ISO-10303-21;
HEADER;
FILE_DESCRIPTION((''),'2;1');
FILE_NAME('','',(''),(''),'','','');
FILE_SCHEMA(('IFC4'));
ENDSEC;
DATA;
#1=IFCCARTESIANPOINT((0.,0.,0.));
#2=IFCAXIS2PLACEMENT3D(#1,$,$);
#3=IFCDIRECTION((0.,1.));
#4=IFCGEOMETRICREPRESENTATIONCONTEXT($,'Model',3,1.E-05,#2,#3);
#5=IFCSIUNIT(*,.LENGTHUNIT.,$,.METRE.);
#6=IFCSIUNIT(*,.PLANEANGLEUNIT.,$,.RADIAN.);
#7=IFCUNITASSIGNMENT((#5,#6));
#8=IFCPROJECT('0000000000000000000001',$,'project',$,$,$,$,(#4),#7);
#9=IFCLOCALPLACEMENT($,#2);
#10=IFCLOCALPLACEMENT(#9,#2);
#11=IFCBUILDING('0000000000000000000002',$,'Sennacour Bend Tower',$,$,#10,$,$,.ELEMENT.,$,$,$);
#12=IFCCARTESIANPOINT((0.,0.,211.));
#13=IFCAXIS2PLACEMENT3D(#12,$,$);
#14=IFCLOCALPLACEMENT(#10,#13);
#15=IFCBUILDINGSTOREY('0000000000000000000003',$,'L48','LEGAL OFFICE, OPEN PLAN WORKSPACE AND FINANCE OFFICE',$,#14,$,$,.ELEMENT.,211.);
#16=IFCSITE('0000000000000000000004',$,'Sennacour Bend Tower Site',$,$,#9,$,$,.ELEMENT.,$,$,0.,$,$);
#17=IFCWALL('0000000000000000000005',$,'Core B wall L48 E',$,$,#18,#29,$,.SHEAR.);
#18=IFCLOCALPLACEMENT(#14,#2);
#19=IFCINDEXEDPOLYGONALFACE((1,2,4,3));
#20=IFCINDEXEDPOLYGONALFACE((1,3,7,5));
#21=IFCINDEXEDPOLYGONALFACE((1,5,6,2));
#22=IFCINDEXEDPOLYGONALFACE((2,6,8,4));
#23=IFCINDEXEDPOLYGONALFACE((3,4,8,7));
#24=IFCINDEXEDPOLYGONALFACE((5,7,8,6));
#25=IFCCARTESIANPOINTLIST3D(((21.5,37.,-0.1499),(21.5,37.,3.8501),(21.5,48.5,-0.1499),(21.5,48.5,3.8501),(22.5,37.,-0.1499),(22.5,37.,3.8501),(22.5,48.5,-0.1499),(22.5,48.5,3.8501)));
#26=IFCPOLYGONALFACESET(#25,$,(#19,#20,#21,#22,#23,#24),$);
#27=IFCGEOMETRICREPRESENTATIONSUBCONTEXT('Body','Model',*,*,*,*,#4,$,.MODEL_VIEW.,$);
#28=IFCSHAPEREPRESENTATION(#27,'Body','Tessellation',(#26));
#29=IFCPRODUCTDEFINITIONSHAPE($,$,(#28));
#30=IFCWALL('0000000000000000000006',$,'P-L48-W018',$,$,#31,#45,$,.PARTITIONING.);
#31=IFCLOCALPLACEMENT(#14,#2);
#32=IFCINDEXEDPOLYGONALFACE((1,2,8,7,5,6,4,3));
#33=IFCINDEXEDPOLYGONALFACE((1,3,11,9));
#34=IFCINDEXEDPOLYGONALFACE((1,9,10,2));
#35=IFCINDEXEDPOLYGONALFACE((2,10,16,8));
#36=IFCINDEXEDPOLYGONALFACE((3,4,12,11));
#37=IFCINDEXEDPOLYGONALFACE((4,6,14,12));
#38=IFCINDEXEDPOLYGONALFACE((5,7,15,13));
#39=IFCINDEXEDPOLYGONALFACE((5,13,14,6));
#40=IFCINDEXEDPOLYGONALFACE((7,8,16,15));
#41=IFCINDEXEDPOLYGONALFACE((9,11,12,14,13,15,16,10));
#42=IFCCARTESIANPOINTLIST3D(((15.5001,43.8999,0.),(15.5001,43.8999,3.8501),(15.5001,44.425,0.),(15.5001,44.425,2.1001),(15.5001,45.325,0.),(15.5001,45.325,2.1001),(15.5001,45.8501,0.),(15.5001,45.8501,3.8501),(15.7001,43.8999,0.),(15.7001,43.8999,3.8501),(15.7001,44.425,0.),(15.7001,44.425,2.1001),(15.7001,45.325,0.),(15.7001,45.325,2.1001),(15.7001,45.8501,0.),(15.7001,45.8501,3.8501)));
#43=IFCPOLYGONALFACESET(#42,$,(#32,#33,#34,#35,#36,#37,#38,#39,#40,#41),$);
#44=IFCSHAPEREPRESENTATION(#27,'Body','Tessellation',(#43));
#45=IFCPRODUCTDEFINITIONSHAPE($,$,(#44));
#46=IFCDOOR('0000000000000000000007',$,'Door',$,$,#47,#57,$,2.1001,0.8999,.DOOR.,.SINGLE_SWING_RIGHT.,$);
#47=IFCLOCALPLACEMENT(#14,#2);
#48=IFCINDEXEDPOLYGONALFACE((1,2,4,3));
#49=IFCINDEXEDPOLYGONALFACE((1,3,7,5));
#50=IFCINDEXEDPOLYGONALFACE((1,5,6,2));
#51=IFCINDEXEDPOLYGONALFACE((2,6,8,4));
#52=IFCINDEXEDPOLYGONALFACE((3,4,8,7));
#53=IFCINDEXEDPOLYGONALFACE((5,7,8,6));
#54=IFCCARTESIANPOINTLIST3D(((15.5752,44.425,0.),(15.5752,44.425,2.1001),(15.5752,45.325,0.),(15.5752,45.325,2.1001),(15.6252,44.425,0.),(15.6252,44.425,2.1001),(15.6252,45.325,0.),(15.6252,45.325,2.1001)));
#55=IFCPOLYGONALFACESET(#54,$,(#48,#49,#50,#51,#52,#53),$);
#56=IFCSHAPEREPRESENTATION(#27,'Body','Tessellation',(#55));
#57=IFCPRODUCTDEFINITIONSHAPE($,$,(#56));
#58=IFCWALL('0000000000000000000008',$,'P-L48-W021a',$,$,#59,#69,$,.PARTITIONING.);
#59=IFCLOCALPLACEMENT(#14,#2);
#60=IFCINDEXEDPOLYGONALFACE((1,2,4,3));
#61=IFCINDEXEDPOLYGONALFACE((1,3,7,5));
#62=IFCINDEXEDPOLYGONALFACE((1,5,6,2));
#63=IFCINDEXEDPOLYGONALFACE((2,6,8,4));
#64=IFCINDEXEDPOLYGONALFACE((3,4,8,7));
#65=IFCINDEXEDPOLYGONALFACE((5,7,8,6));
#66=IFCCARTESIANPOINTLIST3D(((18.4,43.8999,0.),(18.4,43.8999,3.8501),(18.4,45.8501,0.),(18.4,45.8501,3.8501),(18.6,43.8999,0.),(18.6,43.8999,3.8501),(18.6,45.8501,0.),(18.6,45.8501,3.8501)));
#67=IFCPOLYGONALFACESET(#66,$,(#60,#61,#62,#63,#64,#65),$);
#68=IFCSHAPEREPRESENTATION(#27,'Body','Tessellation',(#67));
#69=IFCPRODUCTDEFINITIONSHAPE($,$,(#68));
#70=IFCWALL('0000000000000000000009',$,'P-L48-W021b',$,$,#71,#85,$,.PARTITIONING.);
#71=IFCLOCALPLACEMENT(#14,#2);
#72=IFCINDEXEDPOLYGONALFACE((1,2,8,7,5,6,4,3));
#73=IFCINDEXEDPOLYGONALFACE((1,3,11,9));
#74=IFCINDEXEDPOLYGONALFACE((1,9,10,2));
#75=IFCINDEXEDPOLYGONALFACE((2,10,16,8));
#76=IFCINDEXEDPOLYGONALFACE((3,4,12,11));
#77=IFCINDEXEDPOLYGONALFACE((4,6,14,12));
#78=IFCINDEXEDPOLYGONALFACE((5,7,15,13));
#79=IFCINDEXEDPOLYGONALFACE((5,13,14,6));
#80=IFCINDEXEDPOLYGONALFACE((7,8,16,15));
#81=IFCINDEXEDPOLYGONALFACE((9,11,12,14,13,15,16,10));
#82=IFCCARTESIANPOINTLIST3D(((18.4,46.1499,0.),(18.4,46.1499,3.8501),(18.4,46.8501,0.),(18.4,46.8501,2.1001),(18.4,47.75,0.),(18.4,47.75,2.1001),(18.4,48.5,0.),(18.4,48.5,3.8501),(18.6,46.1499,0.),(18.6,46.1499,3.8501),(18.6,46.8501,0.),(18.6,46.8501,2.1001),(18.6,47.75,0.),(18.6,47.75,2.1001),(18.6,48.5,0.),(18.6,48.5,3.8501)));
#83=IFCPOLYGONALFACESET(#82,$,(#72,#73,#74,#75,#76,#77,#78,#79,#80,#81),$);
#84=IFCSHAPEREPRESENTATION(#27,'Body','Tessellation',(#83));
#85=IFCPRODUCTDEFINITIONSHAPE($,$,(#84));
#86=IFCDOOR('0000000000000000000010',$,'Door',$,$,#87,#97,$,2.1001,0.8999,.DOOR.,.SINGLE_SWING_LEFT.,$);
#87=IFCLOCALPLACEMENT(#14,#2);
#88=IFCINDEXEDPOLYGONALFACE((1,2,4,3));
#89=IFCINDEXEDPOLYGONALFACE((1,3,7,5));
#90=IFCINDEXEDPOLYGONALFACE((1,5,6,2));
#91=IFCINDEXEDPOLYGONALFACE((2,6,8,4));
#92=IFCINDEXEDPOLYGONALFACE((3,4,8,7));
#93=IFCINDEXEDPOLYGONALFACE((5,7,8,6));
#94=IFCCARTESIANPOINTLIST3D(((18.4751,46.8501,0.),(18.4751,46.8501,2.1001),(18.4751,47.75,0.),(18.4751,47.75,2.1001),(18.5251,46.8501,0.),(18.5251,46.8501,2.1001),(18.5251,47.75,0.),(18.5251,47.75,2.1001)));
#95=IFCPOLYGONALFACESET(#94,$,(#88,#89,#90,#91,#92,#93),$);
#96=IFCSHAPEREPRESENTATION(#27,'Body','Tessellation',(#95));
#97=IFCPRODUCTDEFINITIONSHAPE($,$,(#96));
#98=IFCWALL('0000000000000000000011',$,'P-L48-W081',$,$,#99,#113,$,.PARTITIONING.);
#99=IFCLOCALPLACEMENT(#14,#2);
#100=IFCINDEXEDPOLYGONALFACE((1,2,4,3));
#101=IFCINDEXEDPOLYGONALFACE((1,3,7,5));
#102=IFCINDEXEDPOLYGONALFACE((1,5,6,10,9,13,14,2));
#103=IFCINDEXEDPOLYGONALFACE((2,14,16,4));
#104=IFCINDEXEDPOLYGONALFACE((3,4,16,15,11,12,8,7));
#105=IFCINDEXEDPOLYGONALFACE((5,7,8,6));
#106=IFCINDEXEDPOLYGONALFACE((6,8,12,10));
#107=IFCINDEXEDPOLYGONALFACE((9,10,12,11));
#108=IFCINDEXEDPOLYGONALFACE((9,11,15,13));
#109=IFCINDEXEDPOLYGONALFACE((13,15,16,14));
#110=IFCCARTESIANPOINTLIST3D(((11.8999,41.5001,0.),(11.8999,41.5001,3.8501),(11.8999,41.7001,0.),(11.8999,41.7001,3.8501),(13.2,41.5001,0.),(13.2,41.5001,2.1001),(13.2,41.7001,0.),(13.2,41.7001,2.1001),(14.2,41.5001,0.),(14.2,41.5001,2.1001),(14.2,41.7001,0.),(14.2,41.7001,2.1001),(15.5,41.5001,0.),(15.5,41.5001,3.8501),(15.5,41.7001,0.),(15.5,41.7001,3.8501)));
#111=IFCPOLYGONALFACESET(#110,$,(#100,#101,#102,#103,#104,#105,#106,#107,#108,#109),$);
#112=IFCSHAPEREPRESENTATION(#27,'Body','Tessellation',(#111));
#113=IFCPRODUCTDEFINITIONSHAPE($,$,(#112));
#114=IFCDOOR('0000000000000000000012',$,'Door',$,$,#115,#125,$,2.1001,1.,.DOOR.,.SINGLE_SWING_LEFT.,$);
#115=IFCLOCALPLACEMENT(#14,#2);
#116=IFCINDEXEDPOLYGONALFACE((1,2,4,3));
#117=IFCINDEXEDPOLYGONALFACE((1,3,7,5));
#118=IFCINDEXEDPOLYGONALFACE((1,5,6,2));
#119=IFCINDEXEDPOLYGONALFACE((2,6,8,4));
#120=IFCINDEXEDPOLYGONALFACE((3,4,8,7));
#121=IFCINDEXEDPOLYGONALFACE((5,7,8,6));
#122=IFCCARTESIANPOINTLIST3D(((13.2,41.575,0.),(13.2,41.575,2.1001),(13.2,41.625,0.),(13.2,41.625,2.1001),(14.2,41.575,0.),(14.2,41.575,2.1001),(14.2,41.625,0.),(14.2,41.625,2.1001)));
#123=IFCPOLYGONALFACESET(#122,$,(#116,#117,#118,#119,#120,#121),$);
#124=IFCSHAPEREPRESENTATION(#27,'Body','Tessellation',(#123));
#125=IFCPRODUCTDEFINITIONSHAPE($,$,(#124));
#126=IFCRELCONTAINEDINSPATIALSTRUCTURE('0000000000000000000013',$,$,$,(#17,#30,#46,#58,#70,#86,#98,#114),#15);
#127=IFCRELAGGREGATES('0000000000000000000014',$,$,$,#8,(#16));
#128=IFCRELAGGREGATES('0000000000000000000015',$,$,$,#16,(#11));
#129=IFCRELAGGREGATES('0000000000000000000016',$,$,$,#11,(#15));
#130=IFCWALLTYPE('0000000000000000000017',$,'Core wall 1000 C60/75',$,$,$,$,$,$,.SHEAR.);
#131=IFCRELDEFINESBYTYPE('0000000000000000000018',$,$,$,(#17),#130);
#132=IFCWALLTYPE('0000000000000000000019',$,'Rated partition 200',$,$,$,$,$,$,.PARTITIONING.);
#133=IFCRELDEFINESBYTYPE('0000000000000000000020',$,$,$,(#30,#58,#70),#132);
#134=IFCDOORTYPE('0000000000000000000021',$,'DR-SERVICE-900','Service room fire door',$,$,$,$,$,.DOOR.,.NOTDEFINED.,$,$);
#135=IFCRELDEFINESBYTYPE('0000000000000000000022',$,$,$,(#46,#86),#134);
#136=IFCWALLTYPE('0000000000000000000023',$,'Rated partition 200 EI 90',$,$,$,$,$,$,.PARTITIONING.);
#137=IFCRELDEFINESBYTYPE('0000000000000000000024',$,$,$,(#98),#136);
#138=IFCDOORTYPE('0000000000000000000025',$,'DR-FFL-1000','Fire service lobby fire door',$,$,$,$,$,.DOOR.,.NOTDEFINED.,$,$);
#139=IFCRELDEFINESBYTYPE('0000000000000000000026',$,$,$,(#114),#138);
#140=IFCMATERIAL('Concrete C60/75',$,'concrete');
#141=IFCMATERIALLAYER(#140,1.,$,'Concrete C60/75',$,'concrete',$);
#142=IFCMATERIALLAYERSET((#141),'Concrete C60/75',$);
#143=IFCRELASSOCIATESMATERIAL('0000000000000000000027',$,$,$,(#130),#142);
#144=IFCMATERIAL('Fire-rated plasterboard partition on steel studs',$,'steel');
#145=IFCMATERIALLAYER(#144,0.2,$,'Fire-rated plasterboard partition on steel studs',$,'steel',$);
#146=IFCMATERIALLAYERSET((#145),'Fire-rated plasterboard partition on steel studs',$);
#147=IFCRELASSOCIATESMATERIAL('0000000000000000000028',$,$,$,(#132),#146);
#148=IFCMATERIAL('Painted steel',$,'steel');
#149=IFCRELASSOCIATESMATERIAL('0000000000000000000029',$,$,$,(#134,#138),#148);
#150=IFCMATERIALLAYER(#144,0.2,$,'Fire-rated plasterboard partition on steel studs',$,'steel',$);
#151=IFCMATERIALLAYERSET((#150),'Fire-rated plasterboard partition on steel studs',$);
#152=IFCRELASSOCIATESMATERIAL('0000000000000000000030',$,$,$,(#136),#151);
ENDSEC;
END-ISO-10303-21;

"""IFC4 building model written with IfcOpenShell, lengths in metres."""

from ifc_helpers import new_model, si_unit, direction, frame, frame_2d, origin, place, context, subcontext, project, spatial, rectangle, extrude, material, layer, layer_set, type_object, element, fill, save


model = new_model("IFC4")

# Units and contexts
model_context = context("Model", 3, precision=1e-05, world=origin(), true_north=direction((0.0, 1.0)))
body_context = subcontext(model_context, "Body", "Model", "MODEL_VIEW")
ifc_project = project(units=[si_unit("LENGTHUNIT", "METRE"), si_unit("PLANEANGLEUNIT", "RADIAN")], contexts=[model_context])

# Site, building, storey
site_placement = place(None, origin())
site = spatial("IfcSite", under=ifc_project, at=site_placement, Name="Sennacour Bend Tower Site", CompositionType="ELEMENT", RefElevation=0.0)
building_placement = place(site_placement, origin())
building = spatial("IfcBuilding", under=site, at=building_placement, Name="Sennacour Bend Tower", CompositionType="ELEMENT")
storey_placement = place(building_placement, frame((0.0, 0.0, 211.0)))
storey = spatial("IfcBuildingStorey", under=building, at=storey_placement, Name="L48", Description="LEGAL OFFICE, OPEN PLAN WORKSPACE AND FINANCE OFFICE", CompositionType="ELEMENT", Elevation=211.0)

# Wall
ifc_material_1 = material(Name="Concrete C60/75", Category="concrete")
ifc_layer_1 = layer(ifc_material_1, 1.0, Name="Concrete C60/75", Category="concrete")
ifc_layer_set_1 = layer_set([ifc_layer_1], Name="Concrete C60/75")
wall_type_1 = type_object("IfcWallType", Name="Core wall 1000 C60/75", PredefinedType="SHEAR", material=ifc_layer_set_1)
wall_1_placement = place(storey_placement, frame((22.0, 37.0, -0.1499), z_axis=(0.0, 0.0, 1.0), x_axis=(0.0, 1.0, 0.0)))
element("IfcWall", 1, at=wall_1_placement, inside=storey, type_object=wall_type_1, Name="Core B wall L48 E", PredefinedType="SHEAR", context=body_context, shape_type="SweptSolid", body=[
    extrude(rectangle(XDim=11.5, YDim=1.0, at=frame_2d((5.75, 0.0))), origin(), (0.0, 0.0, 1.0), 4.0),
])

# Wall, opening, door
ifc_material_2 = material(Name="Fire-rated plasterboard partition on steel studs", Category="steel")
ifc_layer_2 = layer(ifc_material_2, 0.2, Name="Fire-rated plasterboard partition on steel studs", Category="steel")
ifc_layer_set_2 = layer_set([ifc_layer_2], Name="Fire-rated plasterboard partition on steel studs")
wall_type_2 = type_object("IfcWallType", Name="Rated partition 200", PredefinedType="PARTITIONING", material=ifc_layer_set_2)
wall_2_placement = place(storey_placement, frame((15.6001, 43.8999, 0.0), z_axis=(0.0, 0.0, 1.0), x_axis=(0.0, 1.0, 0.0)))
wall_2 = element("IfcWall", 2, at=wall_2_placement, inside=storey, type_object=wall_type_2, Name="P-L48-W018", PredefinedType="PARTITIONING", context=body_context, shape_type="SweptSolid", body=[
    extrude(rectangle(XDim=1.9502, YDim=0.2, at=frame_2d((0.9751, 0.0))), origin(), (0.0, 0.0, 1.0), 3.8501),
])
opening_1_placement = place(wall_2_placement, frame((0.5251, 0.0, 0.0)))
opening_1 = element("IfcOpeningElement", 3, at=opening_1_placement, cuts=wall_2, PredefinedType="OPENING", context=body_context, shape_type="SweptSolid", body=[
    extrude(rectangle(XDim=0.8999, YDim=2.1001, at=frame_2d((0.45, 1.05))), frame((0.0, 0.1099, 0.0), z_axis=(0.0, -1.0, 0.0), x_axis=(1.0, 0.0, 0.0)), (0.0, 0.0, 1.0), 0.22),
])
ifc_material_3 = material(Name="Painted steel", Category="steel")
door_type_1 = type_object("IfcDoorType", Name="DR-SERVICE-900", Description="Service room fire door", OperationType="NOTDEFINED", PredefinedType="DOOR", material=ifc_material_3)
door_1_placement = place(opening_1_placement, origin())
door_1 = element("IfcDoor", 4, at=door_1_placement, inside=storey, type_object=door_type_1, Name="Door", OperationType="SINGLE_SWING_RIGHT", OverallHeight=2.1001, OverallWidth=0.8999, PredefinedType="DOOR", context=body_context, shape_type="SweptSolid", body=[
    extrude(rectangle(XDim=0.8999, YDim=2.1001, at=frame_2d((0.45, 1.05))), frame((0.0, 0.0249, 0.0), z_axis=(0.0, -1.0, 0.0), x_axis=(1.0, 0.0, 0.0)), (0.0, 0.0, 1.0), 0.05),
])
fill(opening_1, door_1)

# Wall
wall_3_placement = place(storey_placement, frame((18.5, 43.8999, 0.0), z_axis=(0.0, 0.0, 1.0), x_axis=(0.0, 1.0, 0.0)))
element("IfcWall", 5, at=wall_3_placement, inside=storey, type_object=wall_type_2, Name="P-L48-W021a", PredefinedType="PARTITIONING", context=body_context, shape_type="SweptSolid", body=[
    extrude(rectangle(XDim=1.9502, YDim=0.2, at=frame_2d((0.9751, 0.0))), origin(), (0.0, 0.0, 1.0), 3.8501),
])

# Walls, openings, doors
wall_4_placement = place(storey_placement, frame((18.5, 46.1499, 0.0), z_axis=(0.0, 0.0, 1.0), x_axis=(0.0, 1.0, 0.0)))
wall_4 = element("IfcWall", 6, at=wall_4_placement, inside=storey, type_object=wall_type_2, Name="P-L48-W021b", PredefinedType="PARTITIONING", context=body_context, shape_type="SweptSolid", body=[
    extrude(rectangle(XDim=2.3501, YDim=0.2, at=frame_2d((1.175, 0.0))), origin(), (0.0, 0.0, 1.0), 3.8501),
])
opening_2_placement = place(wall_4_placement, frame((0.7002, 0.0, 0.0)))
opening_2 = element("IfcOpeningElement", 7, at=opening_2_placement, cuts=wall_4, PredefinedType="OPENING", context=body_context, shape_type="SweptSolid", body=[
    extrude(rectangle(XDim=0.8999, YDim=2.1001, at=frame_2d((0.45, 1.05))), frame((0.0, 0.1099, 0.0), z_axis=(0.0, -1.0, 0.0), x_axis=(1.0, 0.0, 0.0)), (0.0, 0.0, 1.0), 0.22),
])
door_2_placement = place(opening_2_placement, origin())
door_2 = element("IfcDoor", 8, at=door_2_placement, inside=storey, type_object=door_type_1, Name="Door", OperationType="SINGLE_SWING_LEFT", OverallHeight=2.1001, OverallWidth=0.8999, PredefinedType="DOOR", context=body_context, shape_type="SweptSolid", body=[
    extrude(rectangle(XDim=0.8999, YDim=2.1001, at=frame_2d((0.45, 1.05))), frame((0.0, 0.0249, 0.0), z_axis=(0.0, -1.0, 0.0), x_axis=(1.0, 0.0, 0.0)), (0.0, 0.0, 1.0), 0.05),
])
fill(opening_2, door_2)
ifc_layer_3 = layer(ifc_material_2, 0.2, Name="Fire-rated plasterboard partition on steel studs", Category="steel")
ifc_layer_set_3 = layer_set([ifc_layer_3], Name="Fire-rated plasterboard partition on steel studs")
wall_type_3 = type_object("IfcWallType", Name="Rated partition 200 EI 90", PredefinedType="PARTITIONING", material=ifc_layer_set_3)
wall_5_placement = place(storey_placement, frame((11.8999, 41.6001, 0.0), z_axis=(0.0, 0.0, 1.0), x_axis=(1.0, 0.0, 0.0)))
wall_5 = element("IfcWall", 9, at=wall_5_placement, inside=storey, type_object=wall_type_3, Name="P-L48-W081", PredefinedType="PARTITIONING", context=body_context, shape_type="SweptSolid", body=[
    extrude(rectangle(XDim=3.6001, YDim=0.2, at=frame_2d((1.8, 0.0))), origin(), (0.0, 0.0, 1.0), 3.8501),
])
opening_3_placement = place(wall_5_placement, frame((1.3, 0.0, 0.0)))
opening_3 = element("IfcOpeningElement", 10, at=opening_3_placement, cuts=wall_5, PredefinedType="OPENING", context=body_context, shape_type="SweptSolid", body=[
    extrude(rectangle(XDim=1.0, YDim=2.1001, at=frame_2d((0.5, 1.05))), frame((0.0, 0.1099, 0.0), z_axis=(0.0, -1.0, 0.0), x_axis=(1.0, 0.0, 0.0)), (0.0, 0.0, 1.0), 0.22),
])
door_type_2 = type_object("IfcDoorType", Name="DR-FFL-1000", Description="Fire service lobby fire door", OperationType="NOTDEFINED", PredefinedType="DOOR", material=ifc_material_3)
door_3_placement = place(opening_3_placement, origin())
door_3 = element("IfcDoor", 11, at=door_3_placement, inside=storey, type_object=door_type_2, Name="Door", OperationType="SINGLE_SWING_LEFT", OverallHeight=2.1001, OverallWidth=1.0, PredefinedType="DOOR", context=body_context, shape_type="SweptSolid", body=[
    extrude(rectangle(XDim=1.0, YDim=2.1001, at=frame_2d((0.5, 1.05))), frame((0.0, 0.0249, 0.0), z_axis=(0.0, -1.0, 0.0), x_axis=(1.0, 0.0, 0.0)), (0.0, 0.0, 1.0), 0.05),
])
fill(opening_3, door_3)

save(model, "model.ifc")
